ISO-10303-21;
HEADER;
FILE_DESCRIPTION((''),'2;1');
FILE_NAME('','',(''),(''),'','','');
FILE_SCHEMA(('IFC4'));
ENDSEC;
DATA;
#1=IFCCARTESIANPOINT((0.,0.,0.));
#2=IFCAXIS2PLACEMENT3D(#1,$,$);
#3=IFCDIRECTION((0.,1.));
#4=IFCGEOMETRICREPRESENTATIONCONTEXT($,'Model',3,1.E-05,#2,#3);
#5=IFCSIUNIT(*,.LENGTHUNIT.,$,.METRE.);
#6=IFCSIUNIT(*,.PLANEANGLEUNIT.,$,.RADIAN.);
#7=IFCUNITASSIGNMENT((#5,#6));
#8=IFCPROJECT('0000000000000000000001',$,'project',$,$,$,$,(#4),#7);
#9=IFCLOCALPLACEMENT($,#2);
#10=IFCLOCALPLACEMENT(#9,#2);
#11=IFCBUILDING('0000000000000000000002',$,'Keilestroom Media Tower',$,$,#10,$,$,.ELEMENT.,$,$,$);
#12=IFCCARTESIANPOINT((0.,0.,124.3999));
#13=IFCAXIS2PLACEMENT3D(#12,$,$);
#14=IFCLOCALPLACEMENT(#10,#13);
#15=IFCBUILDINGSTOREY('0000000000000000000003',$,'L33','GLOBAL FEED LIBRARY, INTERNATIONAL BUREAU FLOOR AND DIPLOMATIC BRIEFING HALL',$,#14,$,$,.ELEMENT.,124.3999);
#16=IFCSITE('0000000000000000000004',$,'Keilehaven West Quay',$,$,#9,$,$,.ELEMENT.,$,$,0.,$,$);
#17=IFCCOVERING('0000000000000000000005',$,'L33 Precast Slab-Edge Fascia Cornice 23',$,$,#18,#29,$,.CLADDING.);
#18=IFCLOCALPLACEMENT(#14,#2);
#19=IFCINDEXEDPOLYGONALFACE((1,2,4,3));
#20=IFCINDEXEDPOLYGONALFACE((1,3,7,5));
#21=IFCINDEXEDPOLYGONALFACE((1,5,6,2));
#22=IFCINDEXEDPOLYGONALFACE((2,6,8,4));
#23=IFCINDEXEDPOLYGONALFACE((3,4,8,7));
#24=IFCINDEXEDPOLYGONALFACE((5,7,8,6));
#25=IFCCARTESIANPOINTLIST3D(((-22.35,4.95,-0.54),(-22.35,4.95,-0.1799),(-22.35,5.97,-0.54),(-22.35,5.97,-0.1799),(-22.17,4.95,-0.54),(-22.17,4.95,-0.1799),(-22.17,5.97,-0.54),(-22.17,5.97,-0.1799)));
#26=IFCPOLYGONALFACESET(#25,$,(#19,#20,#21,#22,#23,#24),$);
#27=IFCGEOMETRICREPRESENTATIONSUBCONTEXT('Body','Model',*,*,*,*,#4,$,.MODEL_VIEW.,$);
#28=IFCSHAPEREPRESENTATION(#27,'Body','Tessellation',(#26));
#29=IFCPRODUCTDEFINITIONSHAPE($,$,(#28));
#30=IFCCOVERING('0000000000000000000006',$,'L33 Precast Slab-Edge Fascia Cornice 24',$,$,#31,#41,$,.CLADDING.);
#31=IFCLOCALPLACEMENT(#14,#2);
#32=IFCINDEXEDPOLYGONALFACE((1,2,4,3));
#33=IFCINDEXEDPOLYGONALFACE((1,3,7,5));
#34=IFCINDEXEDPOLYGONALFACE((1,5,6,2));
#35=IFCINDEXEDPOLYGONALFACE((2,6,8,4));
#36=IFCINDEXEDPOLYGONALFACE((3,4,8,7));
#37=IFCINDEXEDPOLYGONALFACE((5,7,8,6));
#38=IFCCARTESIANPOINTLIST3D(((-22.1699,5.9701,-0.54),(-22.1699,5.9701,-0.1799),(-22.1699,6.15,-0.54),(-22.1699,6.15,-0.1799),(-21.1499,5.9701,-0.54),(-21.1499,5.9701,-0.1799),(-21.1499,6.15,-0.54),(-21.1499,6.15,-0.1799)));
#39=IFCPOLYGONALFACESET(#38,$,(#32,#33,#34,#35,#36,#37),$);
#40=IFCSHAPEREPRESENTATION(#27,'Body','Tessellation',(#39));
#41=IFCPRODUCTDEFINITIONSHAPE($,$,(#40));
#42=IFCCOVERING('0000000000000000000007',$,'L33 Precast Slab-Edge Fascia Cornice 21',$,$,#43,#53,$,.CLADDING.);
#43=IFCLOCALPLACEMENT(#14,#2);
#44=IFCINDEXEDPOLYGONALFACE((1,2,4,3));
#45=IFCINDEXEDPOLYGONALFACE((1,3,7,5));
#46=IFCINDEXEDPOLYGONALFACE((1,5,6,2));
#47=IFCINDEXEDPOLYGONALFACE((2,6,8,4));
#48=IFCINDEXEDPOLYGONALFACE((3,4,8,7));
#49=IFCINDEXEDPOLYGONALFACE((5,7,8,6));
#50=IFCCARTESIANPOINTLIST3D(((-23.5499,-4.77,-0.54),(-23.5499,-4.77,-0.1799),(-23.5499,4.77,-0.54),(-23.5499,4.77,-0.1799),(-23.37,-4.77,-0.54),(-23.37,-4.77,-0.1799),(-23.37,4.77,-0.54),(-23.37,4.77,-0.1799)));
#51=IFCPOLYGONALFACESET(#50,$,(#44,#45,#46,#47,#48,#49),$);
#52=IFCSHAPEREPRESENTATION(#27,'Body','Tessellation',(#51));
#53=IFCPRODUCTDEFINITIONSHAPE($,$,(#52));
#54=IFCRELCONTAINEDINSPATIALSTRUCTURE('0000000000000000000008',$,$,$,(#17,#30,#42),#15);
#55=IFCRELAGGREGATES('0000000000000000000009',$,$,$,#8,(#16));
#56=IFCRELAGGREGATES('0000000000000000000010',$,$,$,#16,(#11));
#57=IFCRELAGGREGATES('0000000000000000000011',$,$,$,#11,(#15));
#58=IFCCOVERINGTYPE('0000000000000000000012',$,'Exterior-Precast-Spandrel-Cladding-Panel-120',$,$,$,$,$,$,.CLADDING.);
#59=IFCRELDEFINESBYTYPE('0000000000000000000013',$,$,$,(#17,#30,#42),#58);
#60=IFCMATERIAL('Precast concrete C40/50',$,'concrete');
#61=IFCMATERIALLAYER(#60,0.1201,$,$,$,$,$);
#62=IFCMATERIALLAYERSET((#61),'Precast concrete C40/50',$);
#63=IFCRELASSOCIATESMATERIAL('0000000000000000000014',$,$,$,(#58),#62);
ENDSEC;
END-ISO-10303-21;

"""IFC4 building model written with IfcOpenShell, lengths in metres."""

from ifc_helpers import new_model, si_unit, direction, frame, origin, origin_2d, place, context, subcontext, project, spatial, rectangle, extrude, source, transform, mapped, material, layer, layer_set, type_object, element, save


model = new_model("IFC4")

# Units and contexts
model_context = context("Model", 3, precision=1e-05, world=origin(), true_north=direction((0.0, 1.0)))
body_context = subcontext(model_context, "Body", "Model", "MODEL_VIEW")
ifc_project = project(units=[si_unit("LENGTHUNIT", "METRE"), si_unit("PLANEANGLEUNIT", "RADIAN")], contexts=[model_context])

# Site, building, storey
site_placement = place(None, origin())
site = spatial("IfcSite", under=ifc_project, at=site_placement, Name="Keilehaven West Quay", CompositionType="ELEMENT", RefElevation=0.0)
building_placement = place(site_placement, origin())
building = spatial("IfcBuilding", under=site, at=building_placement, Name="Keilestroom Media Tower", CompositionType="ELEMENT")
storey_placement = place(building_placement, frame((0.0, 0.0, 124.3999)))
storey = spatial("IfcBuildingStorey", under=building, at=storey_placement, Name="L33", Description="GLOBAL FEED LIBRARY, INTERNATIONAL BUREAU FLOOR AND DIPLOMATIC BRIEFING HALL", CompositionType="ELEMENT", Elevation=124.3999)

# Shared definitions
ifc_material_1 = material(Name="Precast concrete C40/50", Category="concrete")

# Coverings
ifc_layer_1 = layer(ifc_material_1, 0.1201)
ifc_layer_set_1 = layer_set([ifc_layer_1], Name="Precast concrete C40/50")
covering_type = type_object("IfcCoveringType", Name="Exterior-Precast-Spandrel-Cladding-Panel-120", PredefinedType="CLADDING", material=ifc_layer_set_1)
shared_shape_1 = source(origin(), body_context, "Body", "SweptSolid", [
    extrude(rectangle(XDim=1.02, YDim=0.1799, at=origin_2d()), origin(), (0.0, 0.0, 1.0), 0.3601),
])
for number, where, z_axis, x_axis, name in (
    (1, (-22.26, 5.46, -0.54), (0.0, 0.0, 1.0), (0.0, 1.0, 0.0), "L33 Precast Slab-Edge Fascia Cornice 23"),
    (2, (-21.6599, 6.0601, -0.54), (0.0, 0.0, 1.0), (1.0, 0.0, 0.0), "L33 Precast Slab-Edge Fascia Cornice 24"),
):
    element("IfcCovering", number, at=place(storey_placement, frame(where, z_axis=z_axis, x_axis=x_axis)), inside=storey, type_object=covering_type, Name=name, PredefinedType="CLADDING", context=body_context, shape_type="MappedRepresentation", body=[
        mapped(shared_shape_1, transform((0.0, 0.0, 0.0), x_axis=(1.0, 0.0, 0.0), y_axis=(0.0, 1.0, 0.0), z_axis=(0.0, 0.0, 1.0), scale=1.0)),
    ])
shared_shape_2 = source(origin(), body_context, "Body", "SweptSolid", [
    extrude(rectangle(XDim=9.54, YDim=0.1799, at=origin_2d()), origin(), (0.0, 0.0, 1.0), 0.3601),
])
covering_placement = place(storey_placement, frame((-23.46, 0.0, -0.54), z_axis=(0.0, 0.0, 1.0), x_axis=(0.0, 1.0, 0.0)))
element("IfcCovering", 3, at=covering_placement, inside=storey, type_object=covering_type, Name="L33 Precast Slab-Edge Fascia Cornice 21", PredefinedType="CLADDING", context=body_context, shape_type="MappedRepresentation", body=[
    mapped(shared_shape_2, transform((0.0, 0.0, 0.0), x_axis=(1.0, 0.0, 0.0), y_axis=(0.0, 1.0, 0.0), z_axis=(0.0, 0.0, 1.0), scale=1.0)),
])

save(model, "model.ifc")
